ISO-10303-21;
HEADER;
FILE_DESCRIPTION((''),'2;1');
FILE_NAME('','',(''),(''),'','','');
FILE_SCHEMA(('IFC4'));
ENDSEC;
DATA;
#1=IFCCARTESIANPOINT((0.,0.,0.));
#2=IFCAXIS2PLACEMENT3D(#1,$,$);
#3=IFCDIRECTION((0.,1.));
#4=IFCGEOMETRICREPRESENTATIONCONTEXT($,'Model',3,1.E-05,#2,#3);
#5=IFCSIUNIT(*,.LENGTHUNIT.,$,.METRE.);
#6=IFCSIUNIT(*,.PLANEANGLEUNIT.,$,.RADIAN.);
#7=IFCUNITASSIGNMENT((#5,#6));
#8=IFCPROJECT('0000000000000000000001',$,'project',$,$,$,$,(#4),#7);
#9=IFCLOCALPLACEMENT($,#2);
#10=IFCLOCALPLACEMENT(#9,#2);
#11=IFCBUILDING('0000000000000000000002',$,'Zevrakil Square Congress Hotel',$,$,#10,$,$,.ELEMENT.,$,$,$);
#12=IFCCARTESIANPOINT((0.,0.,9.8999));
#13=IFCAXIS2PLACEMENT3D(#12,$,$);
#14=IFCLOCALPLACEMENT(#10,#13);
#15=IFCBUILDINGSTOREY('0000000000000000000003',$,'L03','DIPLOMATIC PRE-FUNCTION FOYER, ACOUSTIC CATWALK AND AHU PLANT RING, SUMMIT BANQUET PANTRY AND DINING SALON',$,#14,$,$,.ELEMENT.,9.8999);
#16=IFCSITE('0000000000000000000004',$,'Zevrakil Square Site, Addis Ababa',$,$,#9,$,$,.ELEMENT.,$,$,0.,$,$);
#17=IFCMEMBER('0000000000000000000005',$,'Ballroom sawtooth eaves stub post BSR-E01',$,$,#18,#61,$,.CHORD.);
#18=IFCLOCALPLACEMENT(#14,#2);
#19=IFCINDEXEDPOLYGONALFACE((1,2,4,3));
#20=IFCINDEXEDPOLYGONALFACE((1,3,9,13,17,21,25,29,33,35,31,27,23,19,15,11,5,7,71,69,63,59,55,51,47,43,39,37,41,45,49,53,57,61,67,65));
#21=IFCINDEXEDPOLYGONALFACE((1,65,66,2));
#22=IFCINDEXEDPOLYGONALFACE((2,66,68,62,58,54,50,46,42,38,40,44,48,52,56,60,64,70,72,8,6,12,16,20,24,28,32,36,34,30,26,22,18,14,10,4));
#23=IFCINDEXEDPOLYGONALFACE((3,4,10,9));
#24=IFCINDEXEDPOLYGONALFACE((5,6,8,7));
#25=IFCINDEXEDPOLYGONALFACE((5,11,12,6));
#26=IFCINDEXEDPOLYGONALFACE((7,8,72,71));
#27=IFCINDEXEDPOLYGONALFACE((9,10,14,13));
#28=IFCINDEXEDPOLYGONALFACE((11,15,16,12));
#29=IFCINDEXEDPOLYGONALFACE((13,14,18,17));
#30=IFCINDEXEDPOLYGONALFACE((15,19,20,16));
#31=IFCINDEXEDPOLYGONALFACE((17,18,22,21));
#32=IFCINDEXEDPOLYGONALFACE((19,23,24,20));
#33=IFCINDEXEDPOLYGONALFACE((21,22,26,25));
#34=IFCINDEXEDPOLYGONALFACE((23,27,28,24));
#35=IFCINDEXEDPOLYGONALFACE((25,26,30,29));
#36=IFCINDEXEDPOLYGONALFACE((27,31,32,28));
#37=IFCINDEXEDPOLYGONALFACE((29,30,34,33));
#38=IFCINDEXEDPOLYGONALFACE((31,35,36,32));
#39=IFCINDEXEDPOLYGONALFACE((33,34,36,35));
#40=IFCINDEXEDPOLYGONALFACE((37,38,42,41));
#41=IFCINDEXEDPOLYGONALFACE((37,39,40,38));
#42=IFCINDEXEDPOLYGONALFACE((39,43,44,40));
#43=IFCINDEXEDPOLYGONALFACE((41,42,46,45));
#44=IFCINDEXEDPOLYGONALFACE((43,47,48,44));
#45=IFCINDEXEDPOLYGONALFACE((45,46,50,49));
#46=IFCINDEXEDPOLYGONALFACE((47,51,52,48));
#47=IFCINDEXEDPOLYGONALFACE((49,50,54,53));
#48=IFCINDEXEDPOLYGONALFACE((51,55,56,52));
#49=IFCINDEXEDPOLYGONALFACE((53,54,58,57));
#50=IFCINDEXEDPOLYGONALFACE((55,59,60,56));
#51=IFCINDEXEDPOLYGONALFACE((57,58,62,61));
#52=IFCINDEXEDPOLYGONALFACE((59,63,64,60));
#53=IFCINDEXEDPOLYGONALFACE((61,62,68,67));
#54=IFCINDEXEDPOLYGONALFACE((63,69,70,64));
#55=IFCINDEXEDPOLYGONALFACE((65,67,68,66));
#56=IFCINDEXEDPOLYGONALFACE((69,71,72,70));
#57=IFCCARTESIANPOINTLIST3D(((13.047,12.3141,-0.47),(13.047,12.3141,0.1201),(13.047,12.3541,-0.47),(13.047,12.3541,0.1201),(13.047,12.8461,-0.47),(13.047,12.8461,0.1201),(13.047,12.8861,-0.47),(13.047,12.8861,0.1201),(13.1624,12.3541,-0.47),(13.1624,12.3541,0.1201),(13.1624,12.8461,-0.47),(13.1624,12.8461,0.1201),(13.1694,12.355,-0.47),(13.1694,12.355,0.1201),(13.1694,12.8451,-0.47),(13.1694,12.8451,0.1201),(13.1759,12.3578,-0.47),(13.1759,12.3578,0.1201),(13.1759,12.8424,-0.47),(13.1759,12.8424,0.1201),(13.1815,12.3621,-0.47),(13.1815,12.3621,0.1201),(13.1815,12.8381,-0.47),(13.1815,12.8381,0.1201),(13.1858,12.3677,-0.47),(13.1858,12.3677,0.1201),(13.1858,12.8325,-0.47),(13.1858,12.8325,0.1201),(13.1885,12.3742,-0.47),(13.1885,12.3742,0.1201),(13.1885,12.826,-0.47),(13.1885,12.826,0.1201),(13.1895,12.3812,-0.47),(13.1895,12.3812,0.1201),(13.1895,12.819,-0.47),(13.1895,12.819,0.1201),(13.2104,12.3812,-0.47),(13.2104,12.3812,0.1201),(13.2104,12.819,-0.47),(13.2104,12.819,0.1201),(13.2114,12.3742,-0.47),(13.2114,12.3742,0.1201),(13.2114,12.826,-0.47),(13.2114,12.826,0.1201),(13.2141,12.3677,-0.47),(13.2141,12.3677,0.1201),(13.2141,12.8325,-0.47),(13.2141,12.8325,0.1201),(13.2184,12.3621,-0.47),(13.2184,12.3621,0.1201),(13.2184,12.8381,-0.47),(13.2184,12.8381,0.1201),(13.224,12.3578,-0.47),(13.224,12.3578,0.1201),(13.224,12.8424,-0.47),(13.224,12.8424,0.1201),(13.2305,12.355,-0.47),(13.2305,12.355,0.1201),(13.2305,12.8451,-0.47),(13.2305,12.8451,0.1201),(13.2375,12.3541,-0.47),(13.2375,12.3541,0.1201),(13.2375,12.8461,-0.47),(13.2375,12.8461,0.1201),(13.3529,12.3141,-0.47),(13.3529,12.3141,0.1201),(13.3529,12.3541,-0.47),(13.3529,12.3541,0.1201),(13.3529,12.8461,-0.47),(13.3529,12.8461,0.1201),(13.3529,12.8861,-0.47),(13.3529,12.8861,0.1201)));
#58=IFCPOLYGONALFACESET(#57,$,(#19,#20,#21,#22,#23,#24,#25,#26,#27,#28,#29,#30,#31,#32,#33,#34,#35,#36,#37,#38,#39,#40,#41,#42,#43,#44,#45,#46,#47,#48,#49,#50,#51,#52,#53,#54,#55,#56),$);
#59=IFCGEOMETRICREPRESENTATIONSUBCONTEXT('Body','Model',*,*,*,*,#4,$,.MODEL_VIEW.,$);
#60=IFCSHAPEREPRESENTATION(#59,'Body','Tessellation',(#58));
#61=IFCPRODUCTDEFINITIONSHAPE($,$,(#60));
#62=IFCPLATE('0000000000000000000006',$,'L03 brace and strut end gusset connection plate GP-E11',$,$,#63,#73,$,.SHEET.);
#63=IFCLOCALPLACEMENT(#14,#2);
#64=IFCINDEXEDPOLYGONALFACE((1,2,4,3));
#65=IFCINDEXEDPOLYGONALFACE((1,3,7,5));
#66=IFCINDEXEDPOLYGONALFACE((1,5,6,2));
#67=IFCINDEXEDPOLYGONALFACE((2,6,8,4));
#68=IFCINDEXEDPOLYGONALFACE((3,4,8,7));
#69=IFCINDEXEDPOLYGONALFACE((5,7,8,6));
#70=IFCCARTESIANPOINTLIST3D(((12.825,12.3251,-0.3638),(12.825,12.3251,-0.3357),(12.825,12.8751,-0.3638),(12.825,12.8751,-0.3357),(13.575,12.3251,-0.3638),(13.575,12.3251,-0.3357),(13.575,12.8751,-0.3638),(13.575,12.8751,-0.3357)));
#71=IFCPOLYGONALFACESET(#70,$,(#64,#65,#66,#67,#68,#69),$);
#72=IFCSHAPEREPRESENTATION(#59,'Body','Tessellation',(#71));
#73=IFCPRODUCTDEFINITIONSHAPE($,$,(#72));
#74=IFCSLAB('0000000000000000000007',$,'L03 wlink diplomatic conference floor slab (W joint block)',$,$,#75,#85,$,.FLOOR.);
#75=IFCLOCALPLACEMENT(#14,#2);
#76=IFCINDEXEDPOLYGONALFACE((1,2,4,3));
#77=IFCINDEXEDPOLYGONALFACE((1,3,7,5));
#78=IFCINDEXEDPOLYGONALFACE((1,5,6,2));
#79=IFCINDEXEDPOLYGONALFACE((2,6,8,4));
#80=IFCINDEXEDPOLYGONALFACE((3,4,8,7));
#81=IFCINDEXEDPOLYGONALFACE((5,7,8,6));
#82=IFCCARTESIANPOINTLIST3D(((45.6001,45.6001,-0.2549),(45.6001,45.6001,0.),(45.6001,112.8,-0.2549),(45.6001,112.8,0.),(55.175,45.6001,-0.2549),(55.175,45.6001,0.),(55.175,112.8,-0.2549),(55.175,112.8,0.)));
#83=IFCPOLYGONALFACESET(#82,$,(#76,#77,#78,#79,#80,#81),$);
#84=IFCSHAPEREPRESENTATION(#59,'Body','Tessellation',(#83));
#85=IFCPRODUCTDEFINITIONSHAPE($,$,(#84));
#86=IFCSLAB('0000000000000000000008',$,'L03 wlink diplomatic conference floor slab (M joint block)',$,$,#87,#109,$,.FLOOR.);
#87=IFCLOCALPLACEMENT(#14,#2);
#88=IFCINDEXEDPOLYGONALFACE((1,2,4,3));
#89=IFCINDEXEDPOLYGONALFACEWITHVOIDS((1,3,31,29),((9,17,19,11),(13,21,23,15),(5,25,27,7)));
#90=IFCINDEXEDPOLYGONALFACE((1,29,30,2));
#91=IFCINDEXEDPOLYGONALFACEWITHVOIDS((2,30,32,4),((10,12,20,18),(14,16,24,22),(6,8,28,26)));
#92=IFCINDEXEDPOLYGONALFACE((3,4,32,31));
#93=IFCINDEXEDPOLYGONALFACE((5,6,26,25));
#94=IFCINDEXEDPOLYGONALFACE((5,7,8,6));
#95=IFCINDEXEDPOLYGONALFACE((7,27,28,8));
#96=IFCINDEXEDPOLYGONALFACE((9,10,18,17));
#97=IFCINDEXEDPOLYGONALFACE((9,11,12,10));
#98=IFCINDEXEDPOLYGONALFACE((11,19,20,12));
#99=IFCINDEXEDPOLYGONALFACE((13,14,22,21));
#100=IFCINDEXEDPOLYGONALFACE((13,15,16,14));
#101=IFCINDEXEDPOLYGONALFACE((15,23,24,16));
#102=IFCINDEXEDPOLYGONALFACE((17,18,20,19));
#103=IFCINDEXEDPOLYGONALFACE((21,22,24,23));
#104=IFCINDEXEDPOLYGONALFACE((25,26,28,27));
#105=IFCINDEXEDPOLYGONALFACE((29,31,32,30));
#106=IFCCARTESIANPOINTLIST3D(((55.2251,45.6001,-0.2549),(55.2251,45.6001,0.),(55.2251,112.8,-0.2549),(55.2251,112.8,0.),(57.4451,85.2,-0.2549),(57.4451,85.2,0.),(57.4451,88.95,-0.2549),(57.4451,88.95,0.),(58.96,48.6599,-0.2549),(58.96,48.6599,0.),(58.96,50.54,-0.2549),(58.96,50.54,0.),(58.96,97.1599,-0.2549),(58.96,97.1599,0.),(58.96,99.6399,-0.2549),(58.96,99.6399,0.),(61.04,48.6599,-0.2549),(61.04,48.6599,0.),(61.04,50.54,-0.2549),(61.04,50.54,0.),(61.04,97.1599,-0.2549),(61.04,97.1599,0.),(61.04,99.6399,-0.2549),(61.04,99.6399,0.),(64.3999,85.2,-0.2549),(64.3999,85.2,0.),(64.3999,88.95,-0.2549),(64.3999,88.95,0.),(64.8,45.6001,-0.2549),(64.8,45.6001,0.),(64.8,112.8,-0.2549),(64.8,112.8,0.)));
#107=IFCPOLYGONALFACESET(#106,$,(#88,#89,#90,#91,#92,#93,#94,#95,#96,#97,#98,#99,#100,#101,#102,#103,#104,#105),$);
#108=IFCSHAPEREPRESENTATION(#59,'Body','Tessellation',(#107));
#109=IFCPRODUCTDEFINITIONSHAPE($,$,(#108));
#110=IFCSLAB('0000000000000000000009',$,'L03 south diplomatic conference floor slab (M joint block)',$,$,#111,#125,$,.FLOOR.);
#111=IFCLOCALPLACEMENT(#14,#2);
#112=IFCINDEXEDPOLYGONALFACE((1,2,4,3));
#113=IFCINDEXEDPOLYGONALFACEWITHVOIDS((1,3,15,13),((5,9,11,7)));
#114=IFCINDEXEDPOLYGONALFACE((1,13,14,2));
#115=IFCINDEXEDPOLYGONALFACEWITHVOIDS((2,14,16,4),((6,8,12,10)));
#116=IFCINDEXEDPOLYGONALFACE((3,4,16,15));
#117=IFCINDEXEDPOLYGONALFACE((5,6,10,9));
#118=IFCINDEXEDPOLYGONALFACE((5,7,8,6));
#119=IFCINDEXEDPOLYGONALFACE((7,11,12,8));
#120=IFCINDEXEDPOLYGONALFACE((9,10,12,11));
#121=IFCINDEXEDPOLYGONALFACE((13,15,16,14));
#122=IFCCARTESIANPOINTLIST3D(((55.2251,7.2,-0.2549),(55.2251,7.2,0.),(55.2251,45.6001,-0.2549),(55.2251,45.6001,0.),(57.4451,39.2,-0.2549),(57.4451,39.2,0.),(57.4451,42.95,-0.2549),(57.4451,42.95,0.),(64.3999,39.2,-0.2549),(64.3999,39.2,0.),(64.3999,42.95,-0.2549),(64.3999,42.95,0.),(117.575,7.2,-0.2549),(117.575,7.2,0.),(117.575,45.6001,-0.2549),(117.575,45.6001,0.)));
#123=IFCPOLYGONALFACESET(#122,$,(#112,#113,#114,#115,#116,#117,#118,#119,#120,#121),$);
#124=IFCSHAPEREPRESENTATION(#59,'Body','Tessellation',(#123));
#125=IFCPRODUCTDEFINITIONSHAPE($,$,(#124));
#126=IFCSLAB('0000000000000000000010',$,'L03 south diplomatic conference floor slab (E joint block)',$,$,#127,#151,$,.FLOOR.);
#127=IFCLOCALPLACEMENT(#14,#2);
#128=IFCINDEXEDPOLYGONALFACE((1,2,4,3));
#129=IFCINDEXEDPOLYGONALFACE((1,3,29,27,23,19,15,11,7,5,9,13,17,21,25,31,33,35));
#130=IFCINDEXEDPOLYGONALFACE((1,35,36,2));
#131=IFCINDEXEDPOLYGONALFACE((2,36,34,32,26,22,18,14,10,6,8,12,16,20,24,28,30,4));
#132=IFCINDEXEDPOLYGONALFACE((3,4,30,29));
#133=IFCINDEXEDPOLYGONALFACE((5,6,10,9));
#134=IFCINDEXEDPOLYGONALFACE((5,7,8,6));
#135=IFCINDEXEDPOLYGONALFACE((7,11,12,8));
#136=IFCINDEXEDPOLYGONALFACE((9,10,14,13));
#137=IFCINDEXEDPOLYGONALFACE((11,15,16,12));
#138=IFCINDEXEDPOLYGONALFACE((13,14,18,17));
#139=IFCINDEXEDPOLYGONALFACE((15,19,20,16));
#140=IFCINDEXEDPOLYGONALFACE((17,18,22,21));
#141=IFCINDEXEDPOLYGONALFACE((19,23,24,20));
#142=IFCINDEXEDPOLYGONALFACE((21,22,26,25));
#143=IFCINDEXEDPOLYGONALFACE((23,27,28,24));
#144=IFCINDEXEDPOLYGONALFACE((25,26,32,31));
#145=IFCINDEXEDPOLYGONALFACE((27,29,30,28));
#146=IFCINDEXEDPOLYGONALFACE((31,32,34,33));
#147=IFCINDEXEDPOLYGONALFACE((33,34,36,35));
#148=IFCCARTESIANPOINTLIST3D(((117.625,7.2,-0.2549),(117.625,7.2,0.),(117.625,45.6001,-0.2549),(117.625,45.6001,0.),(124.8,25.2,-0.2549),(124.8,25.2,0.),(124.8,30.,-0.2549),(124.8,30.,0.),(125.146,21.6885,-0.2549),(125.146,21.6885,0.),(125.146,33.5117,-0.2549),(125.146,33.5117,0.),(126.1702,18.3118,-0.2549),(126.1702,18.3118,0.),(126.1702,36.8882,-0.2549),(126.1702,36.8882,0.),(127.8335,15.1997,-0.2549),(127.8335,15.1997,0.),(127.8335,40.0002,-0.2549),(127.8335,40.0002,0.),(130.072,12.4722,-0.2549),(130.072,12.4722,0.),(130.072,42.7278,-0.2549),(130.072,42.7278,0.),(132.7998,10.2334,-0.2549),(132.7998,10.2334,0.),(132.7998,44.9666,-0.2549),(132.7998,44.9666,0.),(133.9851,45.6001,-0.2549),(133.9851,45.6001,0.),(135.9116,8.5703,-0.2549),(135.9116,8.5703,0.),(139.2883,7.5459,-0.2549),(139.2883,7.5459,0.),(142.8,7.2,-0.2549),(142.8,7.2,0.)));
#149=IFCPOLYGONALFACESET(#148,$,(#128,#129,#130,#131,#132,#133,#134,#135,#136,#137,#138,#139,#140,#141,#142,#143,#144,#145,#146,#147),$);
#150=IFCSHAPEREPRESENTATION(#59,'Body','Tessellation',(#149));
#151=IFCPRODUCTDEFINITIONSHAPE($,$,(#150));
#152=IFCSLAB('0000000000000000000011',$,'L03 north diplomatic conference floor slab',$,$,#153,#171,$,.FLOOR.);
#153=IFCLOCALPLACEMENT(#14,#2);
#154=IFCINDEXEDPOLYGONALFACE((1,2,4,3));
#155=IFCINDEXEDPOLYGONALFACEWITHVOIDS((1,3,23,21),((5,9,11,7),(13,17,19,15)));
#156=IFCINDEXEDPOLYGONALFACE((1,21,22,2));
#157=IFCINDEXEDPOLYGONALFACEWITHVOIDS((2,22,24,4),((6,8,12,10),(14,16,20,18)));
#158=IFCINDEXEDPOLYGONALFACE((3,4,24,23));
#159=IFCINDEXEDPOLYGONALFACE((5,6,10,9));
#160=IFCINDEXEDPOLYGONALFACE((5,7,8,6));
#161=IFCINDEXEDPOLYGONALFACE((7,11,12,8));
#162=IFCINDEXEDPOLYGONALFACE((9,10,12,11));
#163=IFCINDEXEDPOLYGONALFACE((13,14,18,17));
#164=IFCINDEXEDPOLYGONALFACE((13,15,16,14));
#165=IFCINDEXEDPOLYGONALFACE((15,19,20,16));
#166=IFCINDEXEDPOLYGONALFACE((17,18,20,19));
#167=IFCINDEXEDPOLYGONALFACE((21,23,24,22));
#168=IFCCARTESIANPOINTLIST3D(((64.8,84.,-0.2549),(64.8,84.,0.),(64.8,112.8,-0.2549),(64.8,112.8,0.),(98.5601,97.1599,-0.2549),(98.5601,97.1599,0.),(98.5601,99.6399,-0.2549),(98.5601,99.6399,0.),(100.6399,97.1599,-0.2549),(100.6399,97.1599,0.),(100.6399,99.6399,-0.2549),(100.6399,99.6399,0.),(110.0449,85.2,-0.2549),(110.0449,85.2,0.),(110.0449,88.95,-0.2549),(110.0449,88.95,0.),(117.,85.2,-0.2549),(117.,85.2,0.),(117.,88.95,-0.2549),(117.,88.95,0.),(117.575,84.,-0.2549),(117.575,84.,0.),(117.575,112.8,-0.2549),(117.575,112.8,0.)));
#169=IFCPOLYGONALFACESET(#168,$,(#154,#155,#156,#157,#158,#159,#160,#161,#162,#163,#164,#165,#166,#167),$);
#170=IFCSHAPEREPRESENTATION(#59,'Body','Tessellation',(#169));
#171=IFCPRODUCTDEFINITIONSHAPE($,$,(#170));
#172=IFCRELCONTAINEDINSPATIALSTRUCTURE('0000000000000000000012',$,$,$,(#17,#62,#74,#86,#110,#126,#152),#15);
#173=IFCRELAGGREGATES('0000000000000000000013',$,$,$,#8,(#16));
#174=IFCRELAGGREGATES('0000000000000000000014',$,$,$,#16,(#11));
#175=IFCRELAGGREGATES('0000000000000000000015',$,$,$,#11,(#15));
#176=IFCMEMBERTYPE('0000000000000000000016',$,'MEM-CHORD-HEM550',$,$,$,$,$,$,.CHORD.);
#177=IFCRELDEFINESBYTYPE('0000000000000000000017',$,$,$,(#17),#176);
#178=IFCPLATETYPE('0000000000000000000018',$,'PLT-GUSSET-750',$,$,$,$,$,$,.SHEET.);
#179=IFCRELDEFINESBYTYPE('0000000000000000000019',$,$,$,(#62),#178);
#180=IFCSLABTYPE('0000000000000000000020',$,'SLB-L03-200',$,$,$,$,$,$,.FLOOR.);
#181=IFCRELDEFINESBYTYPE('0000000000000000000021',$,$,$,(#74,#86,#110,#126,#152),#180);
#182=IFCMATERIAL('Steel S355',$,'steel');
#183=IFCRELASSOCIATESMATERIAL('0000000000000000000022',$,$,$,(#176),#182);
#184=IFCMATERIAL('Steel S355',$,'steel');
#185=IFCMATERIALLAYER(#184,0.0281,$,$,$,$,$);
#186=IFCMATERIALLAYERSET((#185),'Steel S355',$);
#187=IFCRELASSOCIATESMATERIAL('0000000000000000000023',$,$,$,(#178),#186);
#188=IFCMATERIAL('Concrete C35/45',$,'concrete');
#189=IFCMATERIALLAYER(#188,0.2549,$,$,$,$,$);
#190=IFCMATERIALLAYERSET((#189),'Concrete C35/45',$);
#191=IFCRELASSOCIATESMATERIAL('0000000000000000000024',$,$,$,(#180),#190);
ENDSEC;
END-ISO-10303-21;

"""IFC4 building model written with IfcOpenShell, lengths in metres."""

from ifc_helpers import new_model, si_unit, direction, frame, origin, origin_2d, place, context, subcontext, project, spatial, polyline, rectangle, i_section, outline, extrude, material, layer, layer_set, material_profile, profile_set, type_object, element, save


model = new_model("IFC4")

# Units and contexts
model_context = context("Model", 3, precision=1e-05, world=origin(), true_north=direction((0.0, 1.0)))
body_context = subcontext(model_context, "Body", "Model", "MODEL_VIEW")
ifc_project = project(units=[si_unit("LENGTHUNIT", "METRE"), si_unit("PLANEANGLEUNIT", "RADIAN")], contexts=[model_context])

# Site, building, storey
site_placement = place(None, origin())
site = spatial("IfcSite", under=ifc_project, at=site_placement, Name="Zevrakil Square Site, Addis Ababa", CompositionType="ELEMENT", RefElevation=0.0)
building_placement = place(site_placement, origin())
building = spatial("IfcBuilding", under=site, at=building_placement, Name="Zevrakil Square Congress Hotel", CompositionType="ELEMENT")
storey_placement = place(building_placement, frame((0.0, 0.0, 9.8999)))
storey = spatial("IfcBuildingStorey", under=building, at=storey_placement, Name="L03", Description="DIPLOMATIC PRE-FUNCTION FOYER, ACOUSTIC CATWALK AND AHU PLANT RING, SUMMIT BANQUET PANTRY AND DINING SALON", CompositionType="ELEMENT", Elevation=9.8999)

# Member
ifc_material_1 = material(Name="Steel S355", Category="steel")
ifc_material_profile_1 = material_profile(ifc_material_1, i_section(OverallWidth=0.3059, OverallDepth=0.572, WebThickness=0.021, FlangeThickness=0.04, FilletRadius=0.0271, at=origin_2d()), Name="HEM 550")
ifc_profile_set_1 = profile_set([ifc_material_profile_1], Name="Steel S355")
member_type_1 = type_object("IfcMemberType", Name="MEM-CHORD-HEM550", PredefinedType="CHORD", material=ifc_profile_set_1)
member_1_placement = place(storey_placement, frame((13.2, 12.6001, -0.47), z_axis=(0.0, 0.0, 1.0), x_axis=(1.0, 0.0, 0.0)))
element("IfcMember", 1, at=member_1_placement, inside=storey, type_object=member_type_1, Name="Ballroom sawtooth eaves stub post BSR-E01", PredefinedType="CHORD", context=body_context, shape_type="SweptSolid", body=[
    extrude(i_section(OverallWidth=0.3059, OverallDepth=0.572, WebThickness=0.021, FlangeThickness=0.04, FilletRadius=0.0271, at=origin_2d()), origin(), (0.0, 0.0, 1.0), 0.5901),
])

# Plate
ifc_material_2 = material(Name="Steel S355", Category="steel")
ifc_layer_1 = layer(ifc_material_2, 0.0281)
ifc_layer_set_1 = layer_set([ifc_layer_1], Name="Steel S355")
plate_type = type_object("IfcPlateType", Name="PLT-GUSSET-750", PredefinedType="SHEET", material=ifc_layer_set_1)
plate_placement = place(storey_placement, frame((13.2, 12.6001, -0.3638), z_axis=(0.0, 0.0, 1.0), x_axis=(1.0, 0.0, 0.0)))
element("IfcPlate", 2, at=plate_placement, inside=storey, type_object=plate_type, Name="L03 brace and strut end gusset connection plate GP-E11", PredefinedType="SHEET", context=body_context, shape_type="SweptSolid", body=[
    extrude(rectangle(XDim=0.75, YDim=0.55, at=origin_2d()), origin(), (0.0, 0.0, 1.0), 0.0281),
])

# Slabs
ifc_material_3 = material(Name="Concrete C35/45", Category="concrete")
ifc_layer_2 = layer(ifc_material_3, 0.2549)
ifc_layer_set_2 = layer_set([ifc_layer_2], Name="Concrete C35/45")
slab_type_1 = type_object("IfcSlabType", Name="SLB-L03-200", PredefinedType="FLOOR", material=ifc_layer_set_2)
slab_1_placement = place(storey_placement, frame((0.0, 0.0, -0.2549)))
element("IfcSlab", 3, at=slab_1_placement, inside=storey, type_object=slab_type_1, Name="L03 wlink diplomatic conference floor slab (W joint block)", PredefinedType="FLOOR", context=body_context, shape_type="SweptSolid", body=[
    extrude(outline(polyline([(45.6001, 45.6001), (45.6001, 112.8), (55.175, 112.8), (55.175, 45.6001), (45.6001, 45.6001)])), origin(), (0.0, 0.0, 1.0), 0.2549),
])
slab_2_placement = place(storey_placement, frame((0.0, 0.0, -0.2549)))
element("IfcSlab", 4, at=slab_2_placement, inside=storey, type_object=slab_type_1, Name="L03 wlink diplomatic conference floor slab (M joint block)", PredefinedType="FLOOR", context=body_context, shape_type="SweptSolid", body=[
    extrude(outline(polyline([(64.8, 112.8), (64.8, 45.6001), (55.2251, 45.6001), (55.2251, 112.8), (64.8, 112.8)]), holes=[polyline([(57.4451, 85.2), (64.3999, 85.2), (64.3999, 88.95), (57.4451, 88.95), (57.4451, 85.2)]), polyline([(58.96, 48.6599), (61.04, 48.6599), (61.04, 50.54), (58.96, 50.54), (58.96, 48.6599)]), polyline([(58.96, 97.1599), (61.04, 97.1599), (61.04, 99.6399), (58.96, 99.6399), (58.96, 97.1599)])]), origin(), (0.0, 0.0, 1.0), 0.2549),
])
slab_3_placement = place(storey_placement, frame((0.0, 0.0, -0.2549)))
element("IfcSlab", 5, at=slab_3_placement, inside=storey, type_object=slab_type_1, Name="L03 south diplomatic conference floor slab (M joint block)", PredefinedType="FLOOR", context=body_context, shape_type="SweptSolid", body=[
    extrude(outline(polyline([(117.575, 45.6001), (117.575, 7.2), (55.2251, 7.2), (55.2251, 45.6001), (117.575, 45.6001)]), holes=[polyline([(57.4451, 39.2), (64.3999, 39.2), (64.3999, 42.95), (57.4451, 42.95), (57.4451, 39.2)])]), origin(), (0.0, 0.0, 1.0), 0.2549),
])
slab_4_placement = place(storey_placement, frame((0.0, 0.0, -0.2549)))
element("IfcSlab", 6, at=slab_4_placement, inside=storey, type_object=slab_type_1, Name="L03 south diplomatic conference floor slab (E joint block)", PredefinedType="FLOOR", context=body_context, shape_type="SweptSolid", body=[
    extrude(outline(polyline([(133.9851, 45.6001), (132.7998, 44.9666), (130.072, 42.7278), (127.8335, 40.0002), (126.1702, 36.8882), (125.146, 33.5117), (124.8, 30.0), (124.8, 25.2), (125.146, 21.6885), (126.1702, 18.3118), (127.8335, 15.1997), (130.072, 12.4722), (132.7998, 10.2334), (135.9116, 8.5703), (139.2883, 7.5459), (142.8, 7.2), (117.625, 7.2), (117.625, 45.6001), (133.9851, 45.6001)])), origin(), (0.0, 0.0, 1.0), 0.2549),
])
slab_5_placement = place(storey_placement, frame((0.0, 0.0, -0.2549)))
element("IfcSlab", 7, at=slab_5_placement, inside=storey, type_object=slab_type_1, Name="L03 north diplomatic conference floor slab", PredefinedType="FLOOR", context=body_context, shape_type="SweptSolid", body=[
    extrude(outline(polyline([(64.8, 84.0), (64.8, 112.8), (117.575, 112.8), (117.575, 84.0), (64.8, 84.0)]), holes=[polyline([(110.0449, 85.2), (117.0, 85.2), (117.0, 88.95), (110.0449, 88.95), (110.0449, 85.2)]), polyline([(98.5601, 97.1599), (100.6399, 97.1599), (100.6399, 99.6399), (98.5601, 99.6399), (98.5601, 97.1599)])]), origin(), (0.0, 0.0, 1.0), 0.2549),
])

save(model, "model.ifc")
